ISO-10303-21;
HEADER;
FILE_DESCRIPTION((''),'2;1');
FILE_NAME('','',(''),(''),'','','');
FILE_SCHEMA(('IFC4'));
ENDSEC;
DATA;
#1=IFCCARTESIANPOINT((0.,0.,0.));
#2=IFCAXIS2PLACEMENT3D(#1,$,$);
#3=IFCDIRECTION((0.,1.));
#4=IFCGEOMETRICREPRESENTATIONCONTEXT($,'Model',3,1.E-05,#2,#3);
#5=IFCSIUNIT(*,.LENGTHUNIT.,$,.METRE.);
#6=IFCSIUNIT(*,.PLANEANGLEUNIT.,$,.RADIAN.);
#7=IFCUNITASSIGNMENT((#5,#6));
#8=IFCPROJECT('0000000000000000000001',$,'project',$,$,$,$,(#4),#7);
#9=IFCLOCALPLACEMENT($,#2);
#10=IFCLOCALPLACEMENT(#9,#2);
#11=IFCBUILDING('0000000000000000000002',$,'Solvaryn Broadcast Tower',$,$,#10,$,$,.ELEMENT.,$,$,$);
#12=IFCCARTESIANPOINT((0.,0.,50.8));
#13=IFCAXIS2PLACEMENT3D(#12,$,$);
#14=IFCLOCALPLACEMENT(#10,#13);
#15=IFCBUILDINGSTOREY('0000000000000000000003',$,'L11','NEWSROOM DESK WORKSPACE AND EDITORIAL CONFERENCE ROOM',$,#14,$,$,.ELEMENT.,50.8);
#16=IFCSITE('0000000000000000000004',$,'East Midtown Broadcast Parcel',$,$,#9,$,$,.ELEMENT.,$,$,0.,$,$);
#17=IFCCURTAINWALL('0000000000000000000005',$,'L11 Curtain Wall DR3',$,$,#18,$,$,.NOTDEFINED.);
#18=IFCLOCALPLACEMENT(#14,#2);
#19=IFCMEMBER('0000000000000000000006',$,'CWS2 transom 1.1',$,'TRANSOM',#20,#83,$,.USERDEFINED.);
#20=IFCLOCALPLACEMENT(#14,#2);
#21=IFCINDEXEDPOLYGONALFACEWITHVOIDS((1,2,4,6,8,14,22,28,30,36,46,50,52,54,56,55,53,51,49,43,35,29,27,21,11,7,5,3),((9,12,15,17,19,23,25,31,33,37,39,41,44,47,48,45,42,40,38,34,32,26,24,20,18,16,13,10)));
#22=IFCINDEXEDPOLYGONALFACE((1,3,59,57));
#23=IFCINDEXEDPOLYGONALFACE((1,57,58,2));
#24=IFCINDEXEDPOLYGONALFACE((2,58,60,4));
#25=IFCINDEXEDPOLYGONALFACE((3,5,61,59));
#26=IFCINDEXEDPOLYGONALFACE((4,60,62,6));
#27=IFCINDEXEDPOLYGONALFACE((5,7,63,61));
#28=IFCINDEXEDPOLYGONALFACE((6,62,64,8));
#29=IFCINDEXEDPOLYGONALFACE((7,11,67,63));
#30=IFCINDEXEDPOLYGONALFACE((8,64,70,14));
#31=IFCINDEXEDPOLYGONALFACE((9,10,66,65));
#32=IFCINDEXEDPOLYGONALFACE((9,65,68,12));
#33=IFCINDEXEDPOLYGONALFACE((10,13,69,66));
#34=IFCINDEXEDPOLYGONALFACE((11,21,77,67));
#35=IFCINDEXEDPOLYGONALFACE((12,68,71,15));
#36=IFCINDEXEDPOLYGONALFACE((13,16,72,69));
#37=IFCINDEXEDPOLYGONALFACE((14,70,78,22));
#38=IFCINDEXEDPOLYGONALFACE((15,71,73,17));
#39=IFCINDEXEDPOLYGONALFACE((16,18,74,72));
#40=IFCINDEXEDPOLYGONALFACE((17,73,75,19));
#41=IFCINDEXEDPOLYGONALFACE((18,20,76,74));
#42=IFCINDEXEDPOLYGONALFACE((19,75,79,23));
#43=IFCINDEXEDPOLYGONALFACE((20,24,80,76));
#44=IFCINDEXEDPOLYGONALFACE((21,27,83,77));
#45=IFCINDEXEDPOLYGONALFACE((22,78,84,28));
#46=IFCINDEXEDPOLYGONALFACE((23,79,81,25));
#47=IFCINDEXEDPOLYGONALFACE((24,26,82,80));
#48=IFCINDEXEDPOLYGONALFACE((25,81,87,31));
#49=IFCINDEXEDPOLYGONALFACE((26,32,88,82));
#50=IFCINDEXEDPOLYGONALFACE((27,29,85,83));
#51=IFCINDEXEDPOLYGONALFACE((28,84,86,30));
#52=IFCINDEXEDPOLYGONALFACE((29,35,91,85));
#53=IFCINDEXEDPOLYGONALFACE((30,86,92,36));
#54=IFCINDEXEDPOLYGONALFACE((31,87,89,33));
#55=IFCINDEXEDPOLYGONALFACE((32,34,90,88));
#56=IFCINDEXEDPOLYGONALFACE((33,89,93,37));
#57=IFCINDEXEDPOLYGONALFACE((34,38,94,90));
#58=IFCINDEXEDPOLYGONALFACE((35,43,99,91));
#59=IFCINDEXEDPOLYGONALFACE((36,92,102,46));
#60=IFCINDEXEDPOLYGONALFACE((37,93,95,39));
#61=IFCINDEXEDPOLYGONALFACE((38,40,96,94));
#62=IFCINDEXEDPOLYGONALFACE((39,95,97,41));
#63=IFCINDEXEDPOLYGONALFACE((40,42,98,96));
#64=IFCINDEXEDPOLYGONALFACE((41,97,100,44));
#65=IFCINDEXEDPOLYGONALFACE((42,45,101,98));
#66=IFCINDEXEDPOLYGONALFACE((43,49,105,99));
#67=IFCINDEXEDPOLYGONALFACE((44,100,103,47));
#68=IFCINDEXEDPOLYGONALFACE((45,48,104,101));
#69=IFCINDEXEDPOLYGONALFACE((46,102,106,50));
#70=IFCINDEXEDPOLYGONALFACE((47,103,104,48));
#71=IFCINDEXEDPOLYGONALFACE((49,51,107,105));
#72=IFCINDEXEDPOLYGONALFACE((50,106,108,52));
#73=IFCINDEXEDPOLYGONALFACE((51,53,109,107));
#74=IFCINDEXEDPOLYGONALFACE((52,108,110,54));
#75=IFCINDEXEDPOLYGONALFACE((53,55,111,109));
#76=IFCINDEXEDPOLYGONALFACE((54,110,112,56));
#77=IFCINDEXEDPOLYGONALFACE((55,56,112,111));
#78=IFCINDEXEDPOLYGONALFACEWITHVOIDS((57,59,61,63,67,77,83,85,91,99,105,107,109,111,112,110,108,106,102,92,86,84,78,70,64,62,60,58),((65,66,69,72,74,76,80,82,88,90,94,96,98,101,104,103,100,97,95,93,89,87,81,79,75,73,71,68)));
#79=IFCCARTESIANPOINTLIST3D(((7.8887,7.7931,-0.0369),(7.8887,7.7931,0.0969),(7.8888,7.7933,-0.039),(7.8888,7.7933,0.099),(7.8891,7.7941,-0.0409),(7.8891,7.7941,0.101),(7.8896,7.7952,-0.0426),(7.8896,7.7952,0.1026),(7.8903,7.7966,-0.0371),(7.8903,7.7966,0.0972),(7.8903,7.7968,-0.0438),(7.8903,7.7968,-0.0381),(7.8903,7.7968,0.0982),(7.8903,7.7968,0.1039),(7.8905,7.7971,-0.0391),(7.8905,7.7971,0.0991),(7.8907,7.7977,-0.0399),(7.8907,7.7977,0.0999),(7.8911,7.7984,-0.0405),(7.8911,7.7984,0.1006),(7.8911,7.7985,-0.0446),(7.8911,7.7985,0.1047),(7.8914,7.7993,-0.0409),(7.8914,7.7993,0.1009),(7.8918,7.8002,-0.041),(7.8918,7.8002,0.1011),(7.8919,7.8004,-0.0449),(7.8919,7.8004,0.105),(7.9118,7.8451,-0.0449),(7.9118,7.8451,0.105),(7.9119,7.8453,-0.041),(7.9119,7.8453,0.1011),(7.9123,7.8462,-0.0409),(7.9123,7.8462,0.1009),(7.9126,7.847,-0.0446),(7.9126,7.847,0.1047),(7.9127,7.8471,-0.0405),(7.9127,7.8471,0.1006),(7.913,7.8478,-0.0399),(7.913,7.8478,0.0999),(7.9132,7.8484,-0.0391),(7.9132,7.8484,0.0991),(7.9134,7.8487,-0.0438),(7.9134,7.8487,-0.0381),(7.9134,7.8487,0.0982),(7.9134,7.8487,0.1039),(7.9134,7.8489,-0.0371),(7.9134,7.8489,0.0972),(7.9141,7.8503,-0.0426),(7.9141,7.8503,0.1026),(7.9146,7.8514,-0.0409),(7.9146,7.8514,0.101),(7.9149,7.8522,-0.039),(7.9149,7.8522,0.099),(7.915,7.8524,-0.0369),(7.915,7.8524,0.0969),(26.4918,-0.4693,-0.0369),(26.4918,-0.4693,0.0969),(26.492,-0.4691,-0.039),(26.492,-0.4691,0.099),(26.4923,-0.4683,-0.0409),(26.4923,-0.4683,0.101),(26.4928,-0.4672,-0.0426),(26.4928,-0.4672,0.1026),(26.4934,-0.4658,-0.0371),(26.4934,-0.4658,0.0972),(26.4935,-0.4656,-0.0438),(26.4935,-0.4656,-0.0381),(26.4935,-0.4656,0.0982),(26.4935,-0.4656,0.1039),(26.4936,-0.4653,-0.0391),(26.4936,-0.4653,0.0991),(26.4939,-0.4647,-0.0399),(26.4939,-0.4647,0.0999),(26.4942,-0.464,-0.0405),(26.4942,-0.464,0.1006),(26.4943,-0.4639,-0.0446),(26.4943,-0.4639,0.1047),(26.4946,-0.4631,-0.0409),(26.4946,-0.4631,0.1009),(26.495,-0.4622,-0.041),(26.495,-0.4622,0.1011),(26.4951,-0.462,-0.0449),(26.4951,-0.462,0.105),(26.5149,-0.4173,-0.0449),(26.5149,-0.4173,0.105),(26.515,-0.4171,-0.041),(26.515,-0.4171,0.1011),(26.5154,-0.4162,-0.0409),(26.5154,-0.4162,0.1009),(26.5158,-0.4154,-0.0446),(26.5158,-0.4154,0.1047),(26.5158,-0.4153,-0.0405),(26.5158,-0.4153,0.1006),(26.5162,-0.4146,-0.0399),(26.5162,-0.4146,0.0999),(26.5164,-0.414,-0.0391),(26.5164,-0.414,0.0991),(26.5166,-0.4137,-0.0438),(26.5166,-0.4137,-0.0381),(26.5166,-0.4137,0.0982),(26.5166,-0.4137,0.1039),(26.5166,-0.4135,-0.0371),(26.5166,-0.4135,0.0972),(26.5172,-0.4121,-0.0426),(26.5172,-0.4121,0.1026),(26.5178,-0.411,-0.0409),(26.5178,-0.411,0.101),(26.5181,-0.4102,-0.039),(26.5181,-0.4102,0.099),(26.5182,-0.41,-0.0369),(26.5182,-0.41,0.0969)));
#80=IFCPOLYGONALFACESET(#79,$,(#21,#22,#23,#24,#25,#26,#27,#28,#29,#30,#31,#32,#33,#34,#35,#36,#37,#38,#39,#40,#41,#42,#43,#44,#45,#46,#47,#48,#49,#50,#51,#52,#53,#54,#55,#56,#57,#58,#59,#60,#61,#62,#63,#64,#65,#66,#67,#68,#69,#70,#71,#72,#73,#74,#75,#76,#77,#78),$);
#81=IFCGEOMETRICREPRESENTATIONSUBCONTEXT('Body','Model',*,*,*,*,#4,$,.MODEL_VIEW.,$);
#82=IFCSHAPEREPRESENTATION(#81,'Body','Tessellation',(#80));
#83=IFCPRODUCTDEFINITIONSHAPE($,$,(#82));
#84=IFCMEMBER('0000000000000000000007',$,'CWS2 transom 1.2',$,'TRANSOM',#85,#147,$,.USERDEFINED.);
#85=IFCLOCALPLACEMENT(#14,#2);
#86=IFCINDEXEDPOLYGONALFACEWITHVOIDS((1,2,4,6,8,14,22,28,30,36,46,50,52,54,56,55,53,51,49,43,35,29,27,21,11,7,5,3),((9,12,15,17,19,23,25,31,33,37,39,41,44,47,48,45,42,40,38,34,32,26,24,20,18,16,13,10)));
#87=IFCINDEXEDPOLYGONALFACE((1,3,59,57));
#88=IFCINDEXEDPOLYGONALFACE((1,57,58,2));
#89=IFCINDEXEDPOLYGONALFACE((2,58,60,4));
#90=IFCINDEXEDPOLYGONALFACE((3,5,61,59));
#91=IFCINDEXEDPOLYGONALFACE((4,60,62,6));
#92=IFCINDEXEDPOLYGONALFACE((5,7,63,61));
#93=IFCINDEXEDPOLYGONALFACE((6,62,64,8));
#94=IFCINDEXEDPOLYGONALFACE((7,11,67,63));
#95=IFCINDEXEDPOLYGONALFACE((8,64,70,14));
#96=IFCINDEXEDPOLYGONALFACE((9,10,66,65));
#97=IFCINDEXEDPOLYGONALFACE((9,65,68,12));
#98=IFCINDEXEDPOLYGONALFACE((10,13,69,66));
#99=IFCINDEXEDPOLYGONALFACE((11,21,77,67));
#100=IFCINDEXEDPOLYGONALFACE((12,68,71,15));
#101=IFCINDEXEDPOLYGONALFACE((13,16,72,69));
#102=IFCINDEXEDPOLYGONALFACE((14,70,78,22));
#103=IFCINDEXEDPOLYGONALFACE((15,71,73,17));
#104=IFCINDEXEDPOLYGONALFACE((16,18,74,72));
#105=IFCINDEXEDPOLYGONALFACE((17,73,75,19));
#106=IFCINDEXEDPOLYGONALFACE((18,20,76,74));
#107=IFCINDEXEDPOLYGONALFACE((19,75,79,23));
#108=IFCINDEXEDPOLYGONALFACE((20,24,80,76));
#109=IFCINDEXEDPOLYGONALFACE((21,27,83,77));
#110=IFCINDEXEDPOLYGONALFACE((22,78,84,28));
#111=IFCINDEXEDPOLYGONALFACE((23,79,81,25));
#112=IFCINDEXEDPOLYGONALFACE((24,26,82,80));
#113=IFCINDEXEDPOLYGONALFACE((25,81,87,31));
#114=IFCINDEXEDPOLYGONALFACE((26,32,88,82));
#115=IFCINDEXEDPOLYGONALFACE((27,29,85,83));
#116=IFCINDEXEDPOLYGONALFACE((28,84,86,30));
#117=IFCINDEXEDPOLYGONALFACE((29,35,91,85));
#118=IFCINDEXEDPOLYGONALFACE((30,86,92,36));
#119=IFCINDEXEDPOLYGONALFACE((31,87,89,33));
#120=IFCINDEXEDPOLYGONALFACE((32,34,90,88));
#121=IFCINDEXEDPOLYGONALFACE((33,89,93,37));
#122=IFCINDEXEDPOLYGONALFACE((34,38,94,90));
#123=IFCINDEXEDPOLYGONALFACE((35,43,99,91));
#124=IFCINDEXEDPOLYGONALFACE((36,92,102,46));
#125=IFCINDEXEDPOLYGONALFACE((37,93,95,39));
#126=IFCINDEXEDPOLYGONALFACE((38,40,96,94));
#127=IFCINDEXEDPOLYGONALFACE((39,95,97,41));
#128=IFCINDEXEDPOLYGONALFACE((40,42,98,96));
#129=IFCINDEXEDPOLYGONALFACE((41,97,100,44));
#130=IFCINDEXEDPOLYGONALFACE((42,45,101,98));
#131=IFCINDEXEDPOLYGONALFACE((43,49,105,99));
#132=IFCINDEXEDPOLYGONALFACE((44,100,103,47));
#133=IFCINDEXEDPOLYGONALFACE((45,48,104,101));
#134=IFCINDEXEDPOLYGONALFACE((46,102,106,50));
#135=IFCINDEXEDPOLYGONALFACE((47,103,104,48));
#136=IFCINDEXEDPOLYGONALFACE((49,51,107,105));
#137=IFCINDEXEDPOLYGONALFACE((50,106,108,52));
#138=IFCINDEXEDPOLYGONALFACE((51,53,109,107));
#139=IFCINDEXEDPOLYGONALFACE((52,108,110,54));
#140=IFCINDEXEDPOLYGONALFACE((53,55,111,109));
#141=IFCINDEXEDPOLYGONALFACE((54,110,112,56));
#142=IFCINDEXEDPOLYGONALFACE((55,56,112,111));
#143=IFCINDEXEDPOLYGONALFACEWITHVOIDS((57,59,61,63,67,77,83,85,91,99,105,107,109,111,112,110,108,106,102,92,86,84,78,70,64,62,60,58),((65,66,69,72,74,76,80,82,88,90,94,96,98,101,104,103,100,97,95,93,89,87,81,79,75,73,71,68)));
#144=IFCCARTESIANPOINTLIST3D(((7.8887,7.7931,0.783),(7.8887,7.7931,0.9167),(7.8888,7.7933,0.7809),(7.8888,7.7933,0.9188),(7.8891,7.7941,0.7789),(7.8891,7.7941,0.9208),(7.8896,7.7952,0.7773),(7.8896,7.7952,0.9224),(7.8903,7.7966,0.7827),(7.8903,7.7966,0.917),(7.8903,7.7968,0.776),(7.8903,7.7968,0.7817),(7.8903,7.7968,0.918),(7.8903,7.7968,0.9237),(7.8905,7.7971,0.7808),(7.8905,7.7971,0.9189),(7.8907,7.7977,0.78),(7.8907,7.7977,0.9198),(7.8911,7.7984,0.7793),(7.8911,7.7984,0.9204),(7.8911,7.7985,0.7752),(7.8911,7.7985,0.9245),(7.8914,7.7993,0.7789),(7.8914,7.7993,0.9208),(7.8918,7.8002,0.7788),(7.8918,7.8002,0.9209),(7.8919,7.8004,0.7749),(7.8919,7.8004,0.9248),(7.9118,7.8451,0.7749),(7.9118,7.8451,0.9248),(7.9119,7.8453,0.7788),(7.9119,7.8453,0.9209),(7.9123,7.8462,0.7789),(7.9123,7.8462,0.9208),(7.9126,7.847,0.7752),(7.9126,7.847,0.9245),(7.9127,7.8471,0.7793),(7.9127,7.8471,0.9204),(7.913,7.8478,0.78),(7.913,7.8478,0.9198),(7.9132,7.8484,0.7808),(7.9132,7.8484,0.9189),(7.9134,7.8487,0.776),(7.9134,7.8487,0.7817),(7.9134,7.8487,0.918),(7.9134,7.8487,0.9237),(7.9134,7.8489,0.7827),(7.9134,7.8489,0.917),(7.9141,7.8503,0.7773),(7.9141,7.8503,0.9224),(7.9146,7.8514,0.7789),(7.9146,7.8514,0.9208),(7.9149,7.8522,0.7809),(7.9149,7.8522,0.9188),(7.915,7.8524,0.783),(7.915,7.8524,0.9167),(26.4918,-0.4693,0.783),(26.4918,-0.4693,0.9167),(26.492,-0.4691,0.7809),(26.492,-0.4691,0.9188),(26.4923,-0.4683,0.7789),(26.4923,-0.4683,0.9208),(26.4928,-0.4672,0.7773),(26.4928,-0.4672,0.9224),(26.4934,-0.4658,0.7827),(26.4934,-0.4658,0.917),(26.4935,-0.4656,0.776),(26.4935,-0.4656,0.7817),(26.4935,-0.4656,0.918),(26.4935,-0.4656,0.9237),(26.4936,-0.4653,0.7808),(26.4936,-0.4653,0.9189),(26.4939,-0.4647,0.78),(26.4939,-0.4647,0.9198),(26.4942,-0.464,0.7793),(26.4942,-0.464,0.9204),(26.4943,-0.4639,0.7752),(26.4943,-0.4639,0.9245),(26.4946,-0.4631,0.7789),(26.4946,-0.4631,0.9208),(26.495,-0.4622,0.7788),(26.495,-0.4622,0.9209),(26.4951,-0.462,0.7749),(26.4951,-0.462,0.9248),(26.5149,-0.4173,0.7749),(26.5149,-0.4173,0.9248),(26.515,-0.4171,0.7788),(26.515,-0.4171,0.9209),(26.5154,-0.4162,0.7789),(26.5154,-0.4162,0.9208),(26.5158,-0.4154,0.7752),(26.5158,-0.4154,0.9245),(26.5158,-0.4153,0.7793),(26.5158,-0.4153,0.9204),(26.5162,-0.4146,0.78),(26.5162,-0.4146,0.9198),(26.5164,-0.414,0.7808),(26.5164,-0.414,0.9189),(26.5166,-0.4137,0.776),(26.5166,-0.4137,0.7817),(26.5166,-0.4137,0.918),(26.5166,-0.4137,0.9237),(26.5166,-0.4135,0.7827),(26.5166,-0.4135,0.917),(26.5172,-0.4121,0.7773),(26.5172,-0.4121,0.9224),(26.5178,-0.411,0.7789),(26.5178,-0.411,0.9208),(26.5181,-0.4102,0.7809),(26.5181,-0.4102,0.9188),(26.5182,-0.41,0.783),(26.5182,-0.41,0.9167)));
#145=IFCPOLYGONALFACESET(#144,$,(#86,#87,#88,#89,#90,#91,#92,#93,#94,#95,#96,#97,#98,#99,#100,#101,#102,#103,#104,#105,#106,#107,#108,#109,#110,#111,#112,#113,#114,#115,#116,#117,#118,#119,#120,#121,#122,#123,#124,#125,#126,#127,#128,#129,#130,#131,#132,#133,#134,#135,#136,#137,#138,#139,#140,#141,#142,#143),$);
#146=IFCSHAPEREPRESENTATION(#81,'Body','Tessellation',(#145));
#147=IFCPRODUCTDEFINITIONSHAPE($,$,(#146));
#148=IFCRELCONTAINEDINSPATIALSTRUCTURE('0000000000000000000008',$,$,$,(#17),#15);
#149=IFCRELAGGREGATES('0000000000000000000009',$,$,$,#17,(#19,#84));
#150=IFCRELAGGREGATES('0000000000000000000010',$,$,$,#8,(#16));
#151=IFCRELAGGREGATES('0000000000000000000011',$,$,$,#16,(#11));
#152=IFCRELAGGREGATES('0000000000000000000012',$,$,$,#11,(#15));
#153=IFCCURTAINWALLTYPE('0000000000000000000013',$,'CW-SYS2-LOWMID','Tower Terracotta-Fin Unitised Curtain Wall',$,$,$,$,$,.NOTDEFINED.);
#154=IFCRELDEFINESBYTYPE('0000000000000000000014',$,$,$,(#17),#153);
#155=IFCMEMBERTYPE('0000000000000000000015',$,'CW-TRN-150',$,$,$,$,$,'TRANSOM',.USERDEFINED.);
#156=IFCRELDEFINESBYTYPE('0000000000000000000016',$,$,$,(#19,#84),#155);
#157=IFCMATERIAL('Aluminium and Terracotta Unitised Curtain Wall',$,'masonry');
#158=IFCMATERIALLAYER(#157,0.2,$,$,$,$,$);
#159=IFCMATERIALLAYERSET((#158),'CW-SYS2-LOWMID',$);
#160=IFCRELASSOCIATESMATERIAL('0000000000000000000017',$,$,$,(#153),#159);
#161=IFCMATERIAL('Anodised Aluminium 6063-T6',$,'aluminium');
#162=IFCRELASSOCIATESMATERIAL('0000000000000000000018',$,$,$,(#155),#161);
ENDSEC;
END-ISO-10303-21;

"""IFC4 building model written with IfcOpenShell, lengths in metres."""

from ifc_helpers import new_model, si_unit, direction, frame, origin, origin_2d, place, context, subcontext, project, spatial, hollow_rectangle, extrude, material, layer, layer_set, material_profile, profile_set, type_object, element, aggregate, save


model = new_model("IFC4")

# Units and contexts
model_context = context("Model", 3, precision=1e-05, world=origin(), true_north=direction((0.0, 1.0)))
body_context = subcontext(model_context, "Body", "Model", "MODEL_VIEW")
ifc_project = project(units=[si_unit("LENGTHUNIT", "METRE"), si_unit("PLANEANGLEUNIT", "RADIAN")], contexts=[model_context])

# Site, building, storey
site_placement = place(None, origin())
site = spatial("IfcSite", under=ifc_project, at=site_placement, Name="East Midtown Broadcast Parcel", CompositionType="ELEMENT", RefElevation=0.0)
building_placement = place(site_placement, origin())
building = spatial("IfcBuilding", under=site, at=building_placement, Name="Solvaryn Broadcast Tower", CompositionType="ELEMENT")
storey_placement = place(building_placement, frame((0.0, 0.0, 50.8)))
storey = spatial("IfcBuildingStorey", under=building, at=storey_placement, Name="L11", Description="NEWSROOM DESK WORKSPACE AND EDITORIAL CONFERENCE ROOM", CompositionType="ELEMENT", Elevation=50.8)

# Shared definitions
ifc_material_1 = material(Name="Aluminium and Terracotta Unitised Curtain Wall", Category="masonry")
ifc_layer_1 = layer(ifc_material_1, 0.2)
ifc_layer_set_1 = layer_set([ifc_layer_1], Name="CW-SYS2-LOWMID")
curtain_wall_type = type_object("IfcCurtainWallType", Name="CW-SYS2-LOWMID", Description="Tower Terracotta-Fin Unitised Curtain Wall", PredefinedType="NOTDEFINED", material=ifc_layer_set_1)

# Curtain wall, members
curtain_wall_1_placement = place(storey_placement, origin())
curtain_wall_1 = element("IfcCurtainWall", 1, at=curtain_wall_1_placement, inside=storey, type_object=curtain_wall_type, Name="L11 Curtain Wall DR3", PredefinedType="NOTDEFINED")
ifc_material_2 = material(Name="Anodised Aluminium 6063-T6", Category="aluminium")
ifc_material_profile_1 = material_profile(ifc_material_2, hollow_rectangle(XDim=0.0649, YDim=0.1499, WallThickness=0.0039, InnerFilletRadius=0.0039, OuterFilletRadius=0.0081, at=origin_2d()))
ifc_profile_set_1 = profile_set([ifc_material_profile_1], Name="Anodised Aluminium 6063-T6")
member_type_1 = type_object("IfcMemberType", Name="CW-TRN-150", ElementType="TRANSOM", PredefinedType="USERDEFINED", material=ifc_profile_set_1)
member_1_placement = place(storey_placement, frame((7.9019, 7.8228, 0.03), z_axis=(0.913915, -0.405906, 0.0), x_axis=(0.405906, 0.913915, 0.0)))
member_1 = element("IfcMember", 2, at=member_1_placement, type_object=member_type_1, Name="CWS2 transom 1.1", ObjectType="TRANSOM", PredefinedType="USERDEFINED", context=body_context, shape_type="SweptSolid", body=[
    extrude(hollow_rectangle(XDim=0.0649, YDim=0.1499, WallThickness=0.0039, InnerFilletRadius=0.0039, OuterFilletRadius=0.0081, at=origin_2d()), origin(), (0.0, 0.0, 1.0), 20.3555),
])
member_2_placement = place(storey_placement, frame((7.9019, 7.8228, 0.8499), z_axis=(0.913915, -0.405906, 0.0), x_axis=(0.405906, 0.913915, 0.0)))
member_2 = element("IfcMember", 3, at=member_2_placement, type_object=member_type_1, Name="CWS2 transom 1.2", ObjectType="TRANSOM", PredefinedType="USERDEFINED", context=body_context, shape_type="SweptSolid", body=[
    extrude(hollow_rectangle(XDim=0.0649, YDim=0.1499, WallThickness=0.0039, InnerFilletRadius=0.0039, OuterFilletRadius=0.0081, at=origin_2d()), origin(), (0.0, 0.0, 1.0), 20.3555),
])
aggregate(curtain_wall_1, [member_1, member_2])

save(model, "model.ifc")
